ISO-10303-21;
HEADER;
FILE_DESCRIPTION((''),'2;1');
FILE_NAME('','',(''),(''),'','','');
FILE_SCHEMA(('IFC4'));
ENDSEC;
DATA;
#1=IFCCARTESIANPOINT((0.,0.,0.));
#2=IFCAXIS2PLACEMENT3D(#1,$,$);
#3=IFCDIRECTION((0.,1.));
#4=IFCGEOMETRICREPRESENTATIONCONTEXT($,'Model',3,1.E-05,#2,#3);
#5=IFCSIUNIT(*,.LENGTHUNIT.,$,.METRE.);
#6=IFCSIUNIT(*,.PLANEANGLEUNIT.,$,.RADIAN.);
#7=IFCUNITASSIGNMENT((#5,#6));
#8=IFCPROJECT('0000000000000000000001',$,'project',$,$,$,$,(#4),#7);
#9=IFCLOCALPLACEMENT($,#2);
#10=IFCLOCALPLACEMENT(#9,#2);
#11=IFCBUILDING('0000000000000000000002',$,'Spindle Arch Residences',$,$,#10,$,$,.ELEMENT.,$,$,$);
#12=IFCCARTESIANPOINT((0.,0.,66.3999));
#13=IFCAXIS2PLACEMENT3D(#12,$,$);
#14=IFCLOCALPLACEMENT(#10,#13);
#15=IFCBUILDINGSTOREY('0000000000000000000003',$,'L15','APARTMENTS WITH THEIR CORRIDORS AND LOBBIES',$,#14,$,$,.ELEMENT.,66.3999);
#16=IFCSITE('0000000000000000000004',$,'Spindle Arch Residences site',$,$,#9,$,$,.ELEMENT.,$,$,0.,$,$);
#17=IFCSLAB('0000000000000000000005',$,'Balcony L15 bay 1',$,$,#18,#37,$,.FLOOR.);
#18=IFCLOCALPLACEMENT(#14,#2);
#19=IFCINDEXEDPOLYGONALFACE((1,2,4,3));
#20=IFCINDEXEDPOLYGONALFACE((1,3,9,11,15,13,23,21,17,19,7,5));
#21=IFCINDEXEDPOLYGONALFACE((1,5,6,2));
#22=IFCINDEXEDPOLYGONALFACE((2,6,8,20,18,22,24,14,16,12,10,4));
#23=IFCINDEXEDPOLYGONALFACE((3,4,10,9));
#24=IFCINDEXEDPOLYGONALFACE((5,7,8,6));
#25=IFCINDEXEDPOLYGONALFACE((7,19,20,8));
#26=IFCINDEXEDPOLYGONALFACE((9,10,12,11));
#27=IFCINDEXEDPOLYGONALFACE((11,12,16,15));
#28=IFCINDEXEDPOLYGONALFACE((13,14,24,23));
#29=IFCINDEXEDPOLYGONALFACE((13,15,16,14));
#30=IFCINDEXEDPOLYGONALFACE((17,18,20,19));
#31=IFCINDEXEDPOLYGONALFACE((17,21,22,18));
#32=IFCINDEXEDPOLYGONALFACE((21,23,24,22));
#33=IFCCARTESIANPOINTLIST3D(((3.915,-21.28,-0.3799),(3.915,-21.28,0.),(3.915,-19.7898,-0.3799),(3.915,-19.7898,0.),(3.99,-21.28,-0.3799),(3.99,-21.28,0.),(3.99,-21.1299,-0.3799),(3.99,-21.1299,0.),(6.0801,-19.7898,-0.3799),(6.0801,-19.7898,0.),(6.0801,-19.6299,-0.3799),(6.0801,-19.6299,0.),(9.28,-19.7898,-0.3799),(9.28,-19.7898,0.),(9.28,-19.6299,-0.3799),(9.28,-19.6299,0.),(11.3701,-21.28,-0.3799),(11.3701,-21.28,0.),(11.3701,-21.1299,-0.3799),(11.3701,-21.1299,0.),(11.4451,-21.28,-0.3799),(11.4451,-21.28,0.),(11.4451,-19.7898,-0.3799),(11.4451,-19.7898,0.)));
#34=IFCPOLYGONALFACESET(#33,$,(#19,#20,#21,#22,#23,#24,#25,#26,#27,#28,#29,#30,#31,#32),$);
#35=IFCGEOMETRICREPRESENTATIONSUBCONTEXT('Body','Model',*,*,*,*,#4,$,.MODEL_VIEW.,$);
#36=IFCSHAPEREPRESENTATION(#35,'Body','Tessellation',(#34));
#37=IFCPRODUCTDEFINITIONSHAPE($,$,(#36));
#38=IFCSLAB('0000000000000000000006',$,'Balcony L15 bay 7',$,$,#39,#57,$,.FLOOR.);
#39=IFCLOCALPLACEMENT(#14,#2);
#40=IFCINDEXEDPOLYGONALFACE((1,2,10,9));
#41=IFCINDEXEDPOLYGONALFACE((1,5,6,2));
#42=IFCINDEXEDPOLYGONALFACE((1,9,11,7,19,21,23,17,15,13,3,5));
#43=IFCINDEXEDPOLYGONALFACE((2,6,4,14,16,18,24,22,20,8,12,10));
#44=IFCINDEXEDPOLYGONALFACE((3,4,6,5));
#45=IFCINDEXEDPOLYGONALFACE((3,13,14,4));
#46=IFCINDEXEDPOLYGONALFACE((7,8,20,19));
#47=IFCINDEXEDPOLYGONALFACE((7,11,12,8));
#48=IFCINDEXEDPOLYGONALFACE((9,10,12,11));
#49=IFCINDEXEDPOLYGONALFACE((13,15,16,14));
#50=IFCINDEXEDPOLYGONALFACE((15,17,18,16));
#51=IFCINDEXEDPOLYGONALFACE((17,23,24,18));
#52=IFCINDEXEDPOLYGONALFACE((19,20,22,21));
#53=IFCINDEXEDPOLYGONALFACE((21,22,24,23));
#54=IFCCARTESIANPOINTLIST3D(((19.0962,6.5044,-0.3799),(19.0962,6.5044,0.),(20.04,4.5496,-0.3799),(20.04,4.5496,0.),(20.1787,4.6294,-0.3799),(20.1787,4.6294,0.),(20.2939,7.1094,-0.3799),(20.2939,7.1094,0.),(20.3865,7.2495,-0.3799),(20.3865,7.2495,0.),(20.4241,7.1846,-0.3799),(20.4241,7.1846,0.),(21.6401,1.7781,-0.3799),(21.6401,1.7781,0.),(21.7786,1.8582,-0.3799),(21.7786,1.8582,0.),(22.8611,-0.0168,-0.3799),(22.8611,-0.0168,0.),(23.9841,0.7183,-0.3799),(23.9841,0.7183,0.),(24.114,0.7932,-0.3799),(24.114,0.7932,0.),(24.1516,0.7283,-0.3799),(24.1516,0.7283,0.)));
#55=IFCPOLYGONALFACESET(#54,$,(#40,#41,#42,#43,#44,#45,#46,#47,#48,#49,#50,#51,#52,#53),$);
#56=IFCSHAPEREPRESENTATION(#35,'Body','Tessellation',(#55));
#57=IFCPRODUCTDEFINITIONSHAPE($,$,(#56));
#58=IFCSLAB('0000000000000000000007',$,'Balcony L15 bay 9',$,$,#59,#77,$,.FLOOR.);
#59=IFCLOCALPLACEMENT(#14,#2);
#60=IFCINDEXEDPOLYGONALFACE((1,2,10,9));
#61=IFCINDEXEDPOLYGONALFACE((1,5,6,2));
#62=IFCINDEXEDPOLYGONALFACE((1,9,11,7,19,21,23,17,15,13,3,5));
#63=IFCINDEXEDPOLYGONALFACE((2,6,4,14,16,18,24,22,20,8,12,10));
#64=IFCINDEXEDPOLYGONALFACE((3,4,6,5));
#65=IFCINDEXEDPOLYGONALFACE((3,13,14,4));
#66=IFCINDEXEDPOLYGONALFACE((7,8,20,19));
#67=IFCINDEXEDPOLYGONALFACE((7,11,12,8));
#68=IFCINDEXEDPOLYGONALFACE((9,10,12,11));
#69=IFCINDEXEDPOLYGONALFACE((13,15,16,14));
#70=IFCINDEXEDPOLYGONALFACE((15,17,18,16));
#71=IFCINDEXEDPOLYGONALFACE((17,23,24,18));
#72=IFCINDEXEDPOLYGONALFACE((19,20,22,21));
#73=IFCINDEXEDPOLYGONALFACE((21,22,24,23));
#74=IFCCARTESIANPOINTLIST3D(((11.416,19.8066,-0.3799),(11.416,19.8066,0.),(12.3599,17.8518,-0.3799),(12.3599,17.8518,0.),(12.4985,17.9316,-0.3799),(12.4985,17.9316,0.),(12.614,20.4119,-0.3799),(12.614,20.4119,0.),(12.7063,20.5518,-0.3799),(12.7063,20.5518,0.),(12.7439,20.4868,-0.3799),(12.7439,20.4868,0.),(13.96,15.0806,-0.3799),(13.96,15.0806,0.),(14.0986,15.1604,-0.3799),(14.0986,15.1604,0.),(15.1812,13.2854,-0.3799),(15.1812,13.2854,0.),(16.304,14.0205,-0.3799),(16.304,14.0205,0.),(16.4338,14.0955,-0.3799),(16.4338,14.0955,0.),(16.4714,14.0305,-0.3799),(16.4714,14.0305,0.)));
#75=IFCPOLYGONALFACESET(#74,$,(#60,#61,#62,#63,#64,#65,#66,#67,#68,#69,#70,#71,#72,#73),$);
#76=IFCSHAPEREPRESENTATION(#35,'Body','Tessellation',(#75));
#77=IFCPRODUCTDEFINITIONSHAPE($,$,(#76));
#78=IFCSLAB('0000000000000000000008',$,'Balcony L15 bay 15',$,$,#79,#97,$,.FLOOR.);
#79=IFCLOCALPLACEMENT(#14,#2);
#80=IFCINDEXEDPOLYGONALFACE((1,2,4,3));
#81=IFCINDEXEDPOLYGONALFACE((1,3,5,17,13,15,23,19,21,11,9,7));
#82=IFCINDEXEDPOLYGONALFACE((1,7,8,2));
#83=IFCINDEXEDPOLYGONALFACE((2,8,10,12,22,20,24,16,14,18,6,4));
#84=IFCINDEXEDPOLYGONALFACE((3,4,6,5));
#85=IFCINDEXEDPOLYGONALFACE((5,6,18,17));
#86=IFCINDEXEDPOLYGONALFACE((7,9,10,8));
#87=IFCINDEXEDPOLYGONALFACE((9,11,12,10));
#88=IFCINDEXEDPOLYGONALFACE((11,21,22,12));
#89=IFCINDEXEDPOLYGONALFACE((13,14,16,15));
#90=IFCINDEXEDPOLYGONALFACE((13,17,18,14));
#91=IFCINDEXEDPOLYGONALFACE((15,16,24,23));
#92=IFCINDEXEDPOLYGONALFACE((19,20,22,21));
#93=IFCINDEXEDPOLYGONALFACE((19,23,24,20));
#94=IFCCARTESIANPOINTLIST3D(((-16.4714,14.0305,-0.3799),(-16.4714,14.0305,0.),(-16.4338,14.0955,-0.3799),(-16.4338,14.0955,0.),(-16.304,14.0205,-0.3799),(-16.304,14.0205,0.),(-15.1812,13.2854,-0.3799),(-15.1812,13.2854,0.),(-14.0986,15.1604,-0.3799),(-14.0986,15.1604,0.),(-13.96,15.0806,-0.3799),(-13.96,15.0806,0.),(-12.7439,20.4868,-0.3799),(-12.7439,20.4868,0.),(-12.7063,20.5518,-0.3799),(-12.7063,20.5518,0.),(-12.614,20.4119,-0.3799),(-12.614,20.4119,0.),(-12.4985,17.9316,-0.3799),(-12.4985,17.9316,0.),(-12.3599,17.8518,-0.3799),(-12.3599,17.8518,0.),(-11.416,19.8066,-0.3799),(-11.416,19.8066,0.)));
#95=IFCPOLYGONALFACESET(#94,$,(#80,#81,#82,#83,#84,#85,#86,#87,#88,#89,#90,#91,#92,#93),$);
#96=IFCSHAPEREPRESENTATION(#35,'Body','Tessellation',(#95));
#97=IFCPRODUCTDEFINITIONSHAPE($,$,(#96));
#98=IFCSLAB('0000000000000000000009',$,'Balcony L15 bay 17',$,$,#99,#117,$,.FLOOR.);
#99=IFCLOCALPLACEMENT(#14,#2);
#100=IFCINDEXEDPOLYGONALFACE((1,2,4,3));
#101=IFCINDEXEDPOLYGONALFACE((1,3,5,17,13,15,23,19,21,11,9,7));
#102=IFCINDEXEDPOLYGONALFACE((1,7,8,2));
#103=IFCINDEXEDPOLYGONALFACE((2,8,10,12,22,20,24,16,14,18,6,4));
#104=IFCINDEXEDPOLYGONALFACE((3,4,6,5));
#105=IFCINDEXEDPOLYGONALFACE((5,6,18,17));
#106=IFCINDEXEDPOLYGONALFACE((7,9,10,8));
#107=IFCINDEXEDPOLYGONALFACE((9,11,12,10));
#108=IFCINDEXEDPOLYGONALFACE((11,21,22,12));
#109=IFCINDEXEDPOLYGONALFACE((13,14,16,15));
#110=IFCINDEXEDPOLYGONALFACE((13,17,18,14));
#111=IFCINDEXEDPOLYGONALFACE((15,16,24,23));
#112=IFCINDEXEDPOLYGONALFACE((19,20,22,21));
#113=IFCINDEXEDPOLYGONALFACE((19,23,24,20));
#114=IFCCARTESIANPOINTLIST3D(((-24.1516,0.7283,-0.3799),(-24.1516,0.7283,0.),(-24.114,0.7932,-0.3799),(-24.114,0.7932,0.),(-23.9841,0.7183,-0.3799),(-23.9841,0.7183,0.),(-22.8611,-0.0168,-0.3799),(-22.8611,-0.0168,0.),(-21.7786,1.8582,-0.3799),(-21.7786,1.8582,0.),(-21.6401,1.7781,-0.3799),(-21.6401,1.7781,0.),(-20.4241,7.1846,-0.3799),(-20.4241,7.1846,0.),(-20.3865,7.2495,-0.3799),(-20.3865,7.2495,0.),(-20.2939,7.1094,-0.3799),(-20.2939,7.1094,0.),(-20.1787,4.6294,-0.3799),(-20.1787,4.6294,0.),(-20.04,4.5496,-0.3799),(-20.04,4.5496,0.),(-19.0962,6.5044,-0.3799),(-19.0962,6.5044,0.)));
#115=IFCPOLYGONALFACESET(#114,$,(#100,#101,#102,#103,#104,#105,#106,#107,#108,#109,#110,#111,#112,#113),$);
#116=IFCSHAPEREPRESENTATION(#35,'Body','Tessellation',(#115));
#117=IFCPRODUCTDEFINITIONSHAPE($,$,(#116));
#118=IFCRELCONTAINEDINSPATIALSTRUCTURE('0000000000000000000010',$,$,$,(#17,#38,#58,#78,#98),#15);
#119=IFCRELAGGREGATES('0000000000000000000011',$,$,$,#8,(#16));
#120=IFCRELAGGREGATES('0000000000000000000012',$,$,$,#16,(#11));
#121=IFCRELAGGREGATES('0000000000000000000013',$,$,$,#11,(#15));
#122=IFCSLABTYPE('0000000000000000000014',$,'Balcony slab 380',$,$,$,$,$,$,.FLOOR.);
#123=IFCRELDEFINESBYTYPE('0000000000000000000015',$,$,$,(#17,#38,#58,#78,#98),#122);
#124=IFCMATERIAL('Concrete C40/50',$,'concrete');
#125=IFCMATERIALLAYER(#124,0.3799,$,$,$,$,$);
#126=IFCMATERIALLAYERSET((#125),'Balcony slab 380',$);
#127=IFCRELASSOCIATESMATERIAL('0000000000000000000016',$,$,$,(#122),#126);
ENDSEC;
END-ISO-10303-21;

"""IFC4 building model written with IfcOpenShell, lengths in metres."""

from ifc_helpers import new_model, si_unit, direction, frame, origin, place, context, subcontext, project, spatial, polyline, outline, extrude, material, layer, layer_set, type_object, element, save


model = new_model("IFC4")

# Units and contexts
model_context = context("Model", 3, precision=1e-05, world=origin(), true_north=direction((0.0, 1.0)))
body_context = subcontext(model_context, "Body", "Model", "MODEL_VIEW")
ifc_project = project(units=[si_unit("LENGTHUNIT", "METRE"), si_unit("PLANEANGLEUNIT", "RADIAN")], contexts=[model_context])

# Site, building, storey
site_placement = place(None, origin())
site = spatial("IfcSite", under=ifc_project, at=site_placement, Name="Spindle Arch Residences site", CompositionType="ELEMENT", RefElevation=0.0)
building_placement = place(site_placement, origin())
building = spatial("IfcBuilding", under=site, at=building_placement, Name="Spindle Arch Residences", CompositionType="ELEMENT")
storey_placement = place(building_placement, frame((0.0, 0.0, 66.3999)))
storey = spatial("IfcBuildingStorey", under=building, at=storey_placement, Name="L15", Description="APARTMENTS WITH THEIR CORRIDORS AND LOBBIES", CompositionType="ELEMENT", Elevation=66.3999)

# Slabs
ifc_material_1 = material(Name="Concrete C40/50", Category="concrete")
ifc_layer_1 = layer(ifc_material_1, 0.3799)
ifc_layer_set_1 = layer_set([ifc_layer_1], Name="Balcony slab 380")
slab_type_1 = type_object("IfcSlabType", Name="Balcony slab 380", PredefinedType="FLOOR", material=ifc_layer_set_1)
slab_1_placement = place(storey_placement, frame((0.0, 0.0, -0.3799)))
element("IfcSlab", 1, at=slab_1_placement, inside=storey, type_object=slab_type_1, Name="Balcony L15 bay 1", PredefinedType="FLOOR", context=body_context, shape_type="SweptSolid", body=[
    extrude(outline(polyline([(3.915, -21.28), (3.99, -21.28), (3.99, -21.1299), (11.3701, -21.1299), (11.3701, -21.28), (11.4451, -21.28), (11.4451, -19.7898), (9.28, -19.7898), (9.28, -19.6299), (6.0801, -19.6299), (6.0801, -19.7898), (3.915, -19.7898), (3.915, -21.28)])), origin(), (0.0, 0.0, 1.0), 0.3799),
])
slab_2_placement = place(storey_placement, frame((0.0, 0.0, -0.3799)))
element("IfcSlab", 2, at=slab_2_placement, inside=storey, type_object=slab_type_1, Name="Balcony L15 bay 7", PredefinedType="FLOOR", context=body_context, shape_type="SweptSolid", body=[
    extrude(outline(polyline([(24.1516, 0.7283), (24.114, 0.7932), (23.9841, 0.7183), (20.2939, 7.1094), (20.4241, 7.1846), (20.3865, 7.2495), (19.0962, 6.5044), (20.1787, 4.6294), (20.04, 4.5496), (21.6401, 1.7781), (21.7786, 1.8582), (22.8611, -0.0168), (24.1516, 0.7283)])), origin(), (0.0, 0.0, 1.0), 0.3799),
])
slab_3_placement = place(storey_placement, frame((0.0, 0.0, -0.3799)))
element("IfcSlab", 3, at=slab_3_placement, inside=storey, type_object=slab_type_1, Name="Balcony L15 bay 9", PredefinedType="FLOOR", context=body_context, shape_type="SweptSolid", body=[
    extrude(outline(polyline([(16.4714, 14.0305), (16.4338, 14.0955), (16.304, 14.0205), (12.614, 20.4119), (12.7439, 20.4868), (12.7063, 20.5518), (11.416, 19.8066), (12.4985, 17.9316), (12.3599, 17.8518), (13.96, 15.0806), (14.0986, 15.1604), (15.1812, 13.2854), (16.4714, 14.0305)])), origin(), (0.0, 0.0, 1.0), 0.3799),
])
slab_4_placement = place(storey_placement, frame((0.0, 0.0, -0.3799)))
element("IfcSlab", 4, at=slab_4_placement, inside=storey, type_object=slab_type_1, Name="Balcony L15 bay 15", PredefinedType="FLOOR", context=body_context, shape_type="SweptSolid", body=[
    extrude(outline(polyline([(-12.7063, 20.5518), (-12.7439, 20.4868), (-12.614, 20.4119), (-16.304, 14.0205), (-16.4338, 14.0955), (-16.4714, 14.0305), (-15.1812, 13.2854), (-14.0986, 15.1604), (-13.96, 15.0806), (-12.3599, 17.8518), (-12.4985, 17.9316), (-11.416, 19.8066), (-12.7063, 20.5518)])), origin(), (0.0, 0.0, 1.0), 0.3799),
])
slab_5_placement = place(storey_placement, frame((0.0, 0.0, -0.3799)))
element("IfcSlab", 5, at=slab_5_placement, inside=storey, type_object=slab_type_1, Name="Balcony L15 bay 17", PredefinedType="FLOOR", context=body_context, shape_type="SweptSolid", body=[
    extrude(outline(polyline([(-20.3865, 7.2495), (-20.4241, 7.1846), (-20.2939, 7.1094), (-23.9841, 0.7183), (-24.114, 0.7932), (-24.1516, 0.7283), (-22.8611, -0.0168), (-21.7786, 1.8582), (-21.6401, 1.7781), (-20.04, 4.5496), (-20.1787, 4.6294), (-19.0962, 6.5044), (-20.3865, 7.2495)])), origin(), (0.0, 0.0, 1.0), 0.3799),
])

save(model, "model.ifc")
